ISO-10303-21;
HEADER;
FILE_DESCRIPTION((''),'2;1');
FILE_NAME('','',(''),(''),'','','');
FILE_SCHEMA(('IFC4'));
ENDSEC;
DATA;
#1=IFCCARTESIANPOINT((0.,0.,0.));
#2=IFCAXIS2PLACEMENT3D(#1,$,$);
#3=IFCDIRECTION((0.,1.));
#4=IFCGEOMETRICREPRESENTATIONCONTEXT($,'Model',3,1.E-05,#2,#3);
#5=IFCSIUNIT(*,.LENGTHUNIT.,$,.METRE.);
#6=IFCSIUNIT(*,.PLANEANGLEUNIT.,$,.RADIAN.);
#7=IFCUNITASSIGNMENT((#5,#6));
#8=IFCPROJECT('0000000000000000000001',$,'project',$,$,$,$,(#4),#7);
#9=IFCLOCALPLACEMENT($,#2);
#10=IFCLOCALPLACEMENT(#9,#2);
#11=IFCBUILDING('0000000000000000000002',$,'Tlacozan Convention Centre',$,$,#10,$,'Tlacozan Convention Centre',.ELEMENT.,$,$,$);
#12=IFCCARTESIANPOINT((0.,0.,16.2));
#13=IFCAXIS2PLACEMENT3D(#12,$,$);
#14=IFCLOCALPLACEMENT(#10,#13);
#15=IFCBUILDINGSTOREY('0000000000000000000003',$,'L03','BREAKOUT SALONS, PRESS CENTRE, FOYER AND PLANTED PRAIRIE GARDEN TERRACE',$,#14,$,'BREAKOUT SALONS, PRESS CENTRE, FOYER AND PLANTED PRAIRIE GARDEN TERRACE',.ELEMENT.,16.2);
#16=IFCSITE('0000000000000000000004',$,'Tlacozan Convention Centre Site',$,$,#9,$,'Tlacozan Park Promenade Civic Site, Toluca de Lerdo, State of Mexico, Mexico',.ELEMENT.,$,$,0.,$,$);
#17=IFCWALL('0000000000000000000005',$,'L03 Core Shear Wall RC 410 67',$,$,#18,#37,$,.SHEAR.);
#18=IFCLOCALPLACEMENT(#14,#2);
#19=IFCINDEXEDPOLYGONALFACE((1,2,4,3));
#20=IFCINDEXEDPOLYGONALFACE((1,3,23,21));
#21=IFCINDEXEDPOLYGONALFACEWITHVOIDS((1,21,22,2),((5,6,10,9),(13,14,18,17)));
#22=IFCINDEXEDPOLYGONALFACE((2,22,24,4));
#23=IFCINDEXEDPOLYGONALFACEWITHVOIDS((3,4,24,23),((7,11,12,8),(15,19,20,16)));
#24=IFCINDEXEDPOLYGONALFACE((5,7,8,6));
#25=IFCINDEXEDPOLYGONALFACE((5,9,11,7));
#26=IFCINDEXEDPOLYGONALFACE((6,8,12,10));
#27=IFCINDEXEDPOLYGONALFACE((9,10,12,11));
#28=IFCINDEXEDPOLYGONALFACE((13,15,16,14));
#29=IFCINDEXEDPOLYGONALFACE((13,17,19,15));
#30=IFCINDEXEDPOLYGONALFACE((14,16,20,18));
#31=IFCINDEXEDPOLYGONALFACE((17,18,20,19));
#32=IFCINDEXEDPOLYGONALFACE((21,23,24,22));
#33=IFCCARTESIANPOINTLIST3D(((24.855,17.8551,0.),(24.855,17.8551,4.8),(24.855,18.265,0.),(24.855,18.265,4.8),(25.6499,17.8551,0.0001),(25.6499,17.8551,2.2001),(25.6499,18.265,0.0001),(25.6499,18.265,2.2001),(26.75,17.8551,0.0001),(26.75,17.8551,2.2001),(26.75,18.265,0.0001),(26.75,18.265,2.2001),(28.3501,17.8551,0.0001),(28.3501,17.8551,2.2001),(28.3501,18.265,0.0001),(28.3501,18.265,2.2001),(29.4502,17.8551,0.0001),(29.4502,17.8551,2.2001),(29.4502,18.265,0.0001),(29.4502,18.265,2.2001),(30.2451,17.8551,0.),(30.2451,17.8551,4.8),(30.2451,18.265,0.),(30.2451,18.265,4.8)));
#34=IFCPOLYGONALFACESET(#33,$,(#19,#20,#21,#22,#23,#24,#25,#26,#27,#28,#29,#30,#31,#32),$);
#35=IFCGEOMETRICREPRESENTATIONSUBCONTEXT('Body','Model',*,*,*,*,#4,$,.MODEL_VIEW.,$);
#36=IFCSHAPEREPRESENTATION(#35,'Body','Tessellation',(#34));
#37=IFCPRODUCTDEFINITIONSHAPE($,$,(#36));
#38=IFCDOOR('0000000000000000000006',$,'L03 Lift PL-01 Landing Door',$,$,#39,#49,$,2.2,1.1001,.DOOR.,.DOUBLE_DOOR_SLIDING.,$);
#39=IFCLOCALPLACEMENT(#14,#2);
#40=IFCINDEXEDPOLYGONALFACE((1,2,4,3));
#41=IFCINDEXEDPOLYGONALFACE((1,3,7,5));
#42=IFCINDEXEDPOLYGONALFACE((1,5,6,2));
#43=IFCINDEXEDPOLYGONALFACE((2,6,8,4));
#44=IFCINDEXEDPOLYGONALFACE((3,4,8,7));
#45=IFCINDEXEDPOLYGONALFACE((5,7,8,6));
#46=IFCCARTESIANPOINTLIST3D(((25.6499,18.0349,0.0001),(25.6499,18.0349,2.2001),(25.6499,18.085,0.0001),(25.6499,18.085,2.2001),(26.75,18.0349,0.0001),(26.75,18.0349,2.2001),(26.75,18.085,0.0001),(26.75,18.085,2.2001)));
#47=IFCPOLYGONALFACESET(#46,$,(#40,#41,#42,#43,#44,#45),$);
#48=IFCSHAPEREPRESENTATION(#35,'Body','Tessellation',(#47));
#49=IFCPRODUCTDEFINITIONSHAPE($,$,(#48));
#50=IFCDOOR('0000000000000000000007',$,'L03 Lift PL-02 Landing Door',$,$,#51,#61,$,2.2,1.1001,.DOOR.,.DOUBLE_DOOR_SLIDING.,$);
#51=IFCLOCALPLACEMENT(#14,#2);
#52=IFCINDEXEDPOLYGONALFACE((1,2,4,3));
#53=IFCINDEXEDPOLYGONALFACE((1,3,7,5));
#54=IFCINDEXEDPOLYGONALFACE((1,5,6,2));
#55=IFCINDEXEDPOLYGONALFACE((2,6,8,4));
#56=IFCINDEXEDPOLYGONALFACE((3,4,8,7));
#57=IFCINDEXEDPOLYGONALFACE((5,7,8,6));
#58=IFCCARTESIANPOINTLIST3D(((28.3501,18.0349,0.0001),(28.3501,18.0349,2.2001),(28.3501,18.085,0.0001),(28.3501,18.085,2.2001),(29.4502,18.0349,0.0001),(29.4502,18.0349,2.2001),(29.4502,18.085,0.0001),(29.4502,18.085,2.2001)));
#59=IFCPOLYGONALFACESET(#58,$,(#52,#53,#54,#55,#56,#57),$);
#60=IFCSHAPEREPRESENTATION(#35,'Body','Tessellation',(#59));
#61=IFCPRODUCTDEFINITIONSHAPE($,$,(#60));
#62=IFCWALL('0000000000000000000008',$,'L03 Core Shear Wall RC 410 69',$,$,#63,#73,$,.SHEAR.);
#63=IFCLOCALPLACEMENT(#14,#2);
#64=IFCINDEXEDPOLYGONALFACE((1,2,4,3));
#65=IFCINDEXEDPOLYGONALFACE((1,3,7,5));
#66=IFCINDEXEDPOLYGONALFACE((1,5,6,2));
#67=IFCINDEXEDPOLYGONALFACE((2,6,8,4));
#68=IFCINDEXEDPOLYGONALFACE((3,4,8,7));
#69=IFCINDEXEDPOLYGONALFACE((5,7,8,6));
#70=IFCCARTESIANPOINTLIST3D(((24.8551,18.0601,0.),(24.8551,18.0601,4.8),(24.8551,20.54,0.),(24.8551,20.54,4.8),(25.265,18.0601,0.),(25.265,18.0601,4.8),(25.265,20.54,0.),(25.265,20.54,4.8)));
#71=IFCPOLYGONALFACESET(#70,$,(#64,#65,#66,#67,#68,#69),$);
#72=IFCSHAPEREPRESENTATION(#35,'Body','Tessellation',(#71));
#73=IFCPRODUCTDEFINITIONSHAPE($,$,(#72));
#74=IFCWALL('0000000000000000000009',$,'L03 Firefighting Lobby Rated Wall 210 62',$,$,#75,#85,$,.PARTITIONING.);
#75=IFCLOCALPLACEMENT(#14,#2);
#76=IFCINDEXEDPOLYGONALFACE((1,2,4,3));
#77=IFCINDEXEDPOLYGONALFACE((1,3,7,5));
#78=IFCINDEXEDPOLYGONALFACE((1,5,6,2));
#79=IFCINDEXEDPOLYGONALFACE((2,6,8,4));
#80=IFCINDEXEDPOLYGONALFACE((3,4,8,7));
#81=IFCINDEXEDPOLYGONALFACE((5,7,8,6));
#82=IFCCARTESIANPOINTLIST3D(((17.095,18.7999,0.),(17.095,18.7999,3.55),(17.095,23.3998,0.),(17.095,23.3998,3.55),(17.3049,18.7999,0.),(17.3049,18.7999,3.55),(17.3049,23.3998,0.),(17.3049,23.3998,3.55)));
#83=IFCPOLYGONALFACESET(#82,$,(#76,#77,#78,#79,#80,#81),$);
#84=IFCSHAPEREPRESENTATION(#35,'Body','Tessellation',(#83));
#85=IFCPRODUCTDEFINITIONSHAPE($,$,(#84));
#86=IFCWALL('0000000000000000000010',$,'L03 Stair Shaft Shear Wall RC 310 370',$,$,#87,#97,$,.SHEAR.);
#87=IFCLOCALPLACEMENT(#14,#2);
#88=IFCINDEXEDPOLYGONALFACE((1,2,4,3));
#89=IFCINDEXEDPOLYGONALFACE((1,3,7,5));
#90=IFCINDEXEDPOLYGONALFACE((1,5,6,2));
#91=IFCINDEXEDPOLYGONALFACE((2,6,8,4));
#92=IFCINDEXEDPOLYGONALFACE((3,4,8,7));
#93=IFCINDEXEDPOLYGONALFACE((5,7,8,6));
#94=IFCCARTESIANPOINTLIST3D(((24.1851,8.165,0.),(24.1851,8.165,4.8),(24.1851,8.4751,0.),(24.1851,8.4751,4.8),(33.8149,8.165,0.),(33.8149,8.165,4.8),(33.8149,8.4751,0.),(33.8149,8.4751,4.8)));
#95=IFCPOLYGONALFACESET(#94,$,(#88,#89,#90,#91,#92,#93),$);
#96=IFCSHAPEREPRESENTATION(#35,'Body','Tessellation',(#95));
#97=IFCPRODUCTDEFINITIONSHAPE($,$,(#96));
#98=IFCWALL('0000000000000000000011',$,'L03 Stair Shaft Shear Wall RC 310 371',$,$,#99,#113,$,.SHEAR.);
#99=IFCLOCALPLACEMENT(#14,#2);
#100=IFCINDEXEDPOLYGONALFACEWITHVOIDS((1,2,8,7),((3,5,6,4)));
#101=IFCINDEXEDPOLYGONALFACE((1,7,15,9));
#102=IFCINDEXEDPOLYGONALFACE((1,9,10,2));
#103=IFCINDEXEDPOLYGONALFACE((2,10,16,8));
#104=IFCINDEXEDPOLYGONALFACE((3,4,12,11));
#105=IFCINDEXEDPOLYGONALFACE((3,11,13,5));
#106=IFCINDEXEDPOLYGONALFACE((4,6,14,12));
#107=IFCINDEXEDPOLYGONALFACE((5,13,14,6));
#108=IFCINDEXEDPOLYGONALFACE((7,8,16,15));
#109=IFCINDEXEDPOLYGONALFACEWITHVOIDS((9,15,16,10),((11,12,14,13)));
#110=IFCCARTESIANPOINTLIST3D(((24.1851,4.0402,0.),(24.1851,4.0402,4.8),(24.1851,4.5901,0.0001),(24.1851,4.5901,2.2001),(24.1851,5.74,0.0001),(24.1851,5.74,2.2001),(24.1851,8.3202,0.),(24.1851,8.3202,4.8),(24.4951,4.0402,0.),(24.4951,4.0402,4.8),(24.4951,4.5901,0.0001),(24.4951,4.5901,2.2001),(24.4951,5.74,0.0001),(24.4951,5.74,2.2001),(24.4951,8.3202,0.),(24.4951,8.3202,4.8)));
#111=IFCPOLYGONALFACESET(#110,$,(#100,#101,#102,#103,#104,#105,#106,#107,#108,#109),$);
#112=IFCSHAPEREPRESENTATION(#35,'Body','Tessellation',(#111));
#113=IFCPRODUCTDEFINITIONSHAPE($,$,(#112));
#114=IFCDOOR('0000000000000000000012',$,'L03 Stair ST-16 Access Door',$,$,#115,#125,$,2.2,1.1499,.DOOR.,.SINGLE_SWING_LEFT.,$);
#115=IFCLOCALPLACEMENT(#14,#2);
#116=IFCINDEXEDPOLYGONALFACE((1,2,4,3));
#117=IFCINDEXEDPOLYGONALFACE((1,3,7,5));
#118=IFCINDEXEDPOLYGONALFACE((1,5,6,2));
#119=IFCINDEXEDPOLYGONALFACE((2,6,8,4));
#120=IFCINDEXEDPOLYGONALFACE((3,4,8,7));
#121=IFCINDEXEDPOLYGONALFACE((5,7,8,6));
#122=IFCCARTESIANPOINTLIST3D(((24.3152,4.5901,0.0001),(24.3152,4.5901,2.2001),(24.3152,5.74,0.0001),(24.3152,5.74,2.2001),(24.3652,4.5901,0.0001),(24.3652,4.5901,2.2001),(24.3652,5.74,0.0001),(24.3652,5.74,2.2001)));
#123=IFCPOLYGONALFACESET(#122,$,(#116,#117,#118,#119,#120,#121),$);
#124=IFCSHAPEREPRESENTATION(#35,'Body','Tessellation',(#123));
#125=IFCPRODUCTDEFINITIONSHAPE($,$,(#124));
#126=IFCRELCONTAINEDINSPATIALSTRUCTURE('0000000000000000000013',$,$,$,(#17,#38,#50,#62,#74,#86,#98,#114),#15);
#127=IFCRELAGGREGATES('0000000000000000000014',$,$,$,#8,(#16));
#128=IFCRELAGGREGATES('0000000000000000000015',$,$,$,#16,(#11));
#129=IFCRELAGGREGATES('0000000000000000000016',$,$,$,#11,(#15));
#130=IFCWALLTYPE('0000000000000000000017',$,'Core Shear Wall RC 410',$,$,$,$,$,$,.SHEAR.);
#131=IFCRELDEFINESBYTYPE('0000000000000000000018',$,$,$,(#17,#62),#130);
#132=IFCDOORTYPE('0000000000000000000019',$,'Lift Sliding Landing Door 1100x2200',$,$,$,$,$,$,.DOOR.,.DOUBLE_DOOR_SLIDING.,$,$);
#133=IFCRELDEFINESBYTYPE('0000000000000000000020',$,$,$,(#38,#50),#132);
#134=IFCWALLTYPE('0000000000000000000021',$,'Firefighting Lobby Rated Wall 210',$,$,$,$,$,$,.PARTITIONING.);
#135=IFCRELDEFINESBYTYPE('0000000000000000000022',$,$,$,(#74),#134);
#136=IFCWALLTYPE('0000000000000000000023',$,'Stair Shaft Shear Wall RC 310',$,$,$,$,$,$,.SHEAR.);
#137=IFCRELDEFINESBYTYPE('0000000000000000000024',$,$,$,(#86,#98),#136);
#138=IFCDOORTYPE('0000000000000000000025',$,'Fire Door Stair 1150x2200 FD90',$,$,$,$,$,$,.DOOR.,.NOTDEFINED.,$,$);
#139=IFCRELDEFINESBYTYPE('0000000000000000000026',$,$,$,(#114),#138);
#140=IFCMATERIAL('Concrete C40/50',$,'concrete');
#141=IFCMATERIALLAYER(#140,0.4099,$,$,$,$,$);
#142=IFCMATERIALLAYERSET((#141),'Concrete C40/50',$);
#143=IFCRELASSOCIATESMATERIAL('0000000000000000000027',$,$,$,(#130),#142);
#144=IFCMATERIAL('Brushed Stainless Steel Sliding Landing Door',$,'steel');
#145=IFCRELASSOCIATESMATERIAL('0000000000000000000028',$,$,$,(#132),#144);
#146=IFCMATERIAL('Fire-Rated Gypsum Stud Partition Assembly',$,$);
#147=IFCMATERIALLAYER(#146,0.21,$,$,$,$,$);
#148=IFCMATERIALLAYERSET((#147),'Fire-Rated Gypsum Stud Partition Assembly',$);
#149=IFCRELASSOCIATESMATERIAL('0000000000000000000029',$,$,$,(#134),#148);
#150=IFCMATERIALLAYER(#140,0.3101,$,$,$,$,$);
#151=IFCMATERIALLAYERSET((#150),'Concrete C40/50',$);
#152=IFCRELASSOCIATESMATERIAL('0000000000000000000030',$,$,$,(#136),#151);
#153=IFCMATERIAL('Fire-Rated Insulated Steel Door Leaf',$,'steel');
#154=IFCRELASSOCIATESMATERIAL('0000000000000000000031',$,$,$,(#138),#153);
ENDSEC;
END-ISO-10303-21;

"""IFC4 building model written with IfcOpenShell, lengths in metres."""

from ifc_helpers import new_model, si_unit, direction, frame, frame_2d, origin, place, context, subcontext, project, spatial, rectangle, extrude, material, layer, layer_set, type_object, element, fill, save


model = new_model("IFC4")

# Units and contexts
model_context = context("Model", 3, precision=1e-05, world=origin(), true_north=direction((0.0, 1.0)))
body_context = subcontext(model_context, "Body", "Model", "MODEL_VIEW")
ifc_project = project(units=[si_unit("LENGTHUNIT", "METRE"), si_unit("PLANEANGLEUNIT", "RADIAN")], contexts=[model_context])

# Site, building, storey
site_placement = place(None, origin())
site = spatial("IfcSite", under=ifc_project, at=site_placement, Name="Tlacozan Convention Centre Site", LongName="Tlacozan Park Promenade Civic Site, Toluca de Lerdo, State of Mexico, Mexico", CompositionType="ELEMENT", RefElevation=0.0)
building_placement = place(site_placement, origin())
building = spatial("IfcBuilding", under=site, at=building_placement, Name="Tlacozan Convention Centre", LongName="Tlacozan Convention Centre", CompositionType="ELEMENT")
storey_placement = place(building_placement, frame((0.0, 0.0, 16.2)))
storey = spatial("IfcBuildingStorey", under=building, at=storey_placement, Name="L03", Description="BREAKOUT SALONS, PRESS CENTRE, FOYER AND PLANTED PRAIRIE GARDEN TERRACE", LongName="BREAKOUT SALONS, PRESS CENTRE, FOYER AND PLANTED PRAIRIE GARDEN TERRACE", CompositionType="ELEMENT", Elevation=16.2)

# Shared definitions
ifc_material_1 = material(Name="Concrete C40/50", Category="concrete")

# Wall, openings, doors
ifc_layer_1 = layer(ifc_material_1, 0.4099)
ifc_layer_set_1 = layer_set([ifc_layer_1], Name="Concrete C40/50")
wall_type_1 = type_object("IfcWallType", Name="Core Shear Wall RC 410", PredefinedType="SHEAR", material=ifc_layer_set_1)
wall_1_placement = place(storey_placement, frame((24.855, 18.0601, 0.0), z_axis=(0.0, 0.0, 1.0), x_axis=(1.0, 0.0, 0.0)))
wall_1 = element("IfcWall", 1, at=wall_1_placement, inside=storey, type_object=wall_type_1, Name="L03 Core Shear Wall RC 410 67", PredefinedType="SHEAR", context=body_context, shape_type="SweptSolid", body=[
    extrude(rectangle(XDim=5.3901, YDim=0.4099, at=frame_2d((2.6951, 0.0))), origin(), (0.0, 0.0, 1.0), 4.8),
])
opening_1_placement = place(wall_1_placement, frame((0.7949, 0.0, 0.0)))
opening_1 = element("IfcOpeningElement", 2, at=opening_1_placement, cuts=wall_1, PredefinedType="OPENING", context=body_context, shape_type="SweptSolid", body=[
    extrude(rectangle(XDim=1.1001, YDim=2.2, at=frame_2d((0.55, 1.1001))), frame((0.0, 0.2148, 0.0), z_axis=(0.0, -1.0, 0.0), x_axis=(1.0, 0.0, 0.0)), (0.0, 0.0, 1.0), 0.4299),
])
opening_2_placement = place(wall_1_placement, frame((3.4951, 0.0, 0.0)))
opening_2 = element("IfcOpeningElement", 3, at=opening_2_placement, cuts=wall_1, PredefinedType="OPENING", context=body_context, shape_type="SweptSolid", body=[
    extrude(rectangle(XDim=1.1001, YDim=2.2, at=frame_2d((0.55, 1.1001))), frame((0.0, 0.2148, 0.0), z_axis=(0.0, -1.0, 0.0), x_axis=(1.0, 0.0, 0.0)), (0.0, 0.0, 1.0), 0.4299),
])
ifc_material_2 = material(Name="Brushed Stainless Steel Sliding Landing Door", Category="steel")
door_type_1 = type_object("IfcDoorType", Name="Lift Sliding Landing Door 1100x2200", OperationType="DOUBLE_DOOR_SLIDING", PredefinedType="DOOR", material=ifc_material_2)
door_1_placement = place(opening_1_placement, origin())
door_1 = element("IfcDoor", 4, at=door_1_placement, inside=storey, type_object=door_type_1, Name="L03 Lift PL-01 Landing Door", OperationType="DOUBLE_DOOR_SLIDING", OverallHeight=2.2, OverallWidth=1.1001, PredefinedType="DOOR", context=body_context, shape_type="SweptSolid", body=[
    extrude(rectangle(XDim=1.1001, YDim=2.2, at=frame_2d((0.55, 1.1001))), frame((0.0, 0.0249, 0.0), z_axis=(0.0, -1.0, 0.0), x_axis=(1.0, 0.0, 0.0)), (0.0, 0.0, 1.0), 0.05),
])
fill(opening_1, door_1)
door_2_placement = place(opening_2_placement, origin())
door_2 = element("IfcDoor", 5, at=door_2_placement, inside=storey, type_object=door_type_1, Name="L03 Lift PL-02 Landing Door", OperationType="DOUBLE_DOOR_SLIDING", OverallHeight=2.2, OverallWidth=1.1001, PredefinedType="DOOR", context=body_context, shape_type="SweptSolid", body=[
    extrude(rectangle(XDim=1.1001, YDim=2.2, at=frame_2d((0.55, 1.1001))), frame((0.0, 0.0249, 0.0), z_axis=(0.0, -1.0, 0.0), x_axis=(1.0, 0.0, 0.0)), (0.0, 0.0, 1.0), 0.05),
])
fill(opening_2, door_2)

# Wall
wall_2_placement = place(storey_placement, frame((25.0601, 18.0601, 0.0), z_axis=(0.0, 0.0, 1.0), x_axis=(0.0, 1.0, 0.0)))
element("IfcWall", 6, at=wall_2_placement, inside=storey, type_object=wall_type_1, Name="L03 Core Shear Wall RC 410 69", PredefinedType="SHEAR", context=body_context, shape_type="SweptSolid", body=[
    extrude(rectangle(XDim=2.48, YDim=0.4099, at=frame_2d((1.24, 0.0))), origin(), (0.0, 0.0, 1.0), 4.8),
])

# Shared definitions
ifc_material_3 = material(Name="Fire-Rated Gypsum Stud Partition Assembly")
ifc_layer_2 = layer(ifc_material_3, 0.21)
ifc_layer_set_2 = layer_set([ifc_layer_2], Name="Fire-Rated Gypsum Stud Partition Assembly")
wall_type_2 = type_object("IfcWallType", Name="Firefighting Lobby Rated Wall 210", PredefinedType="PARTITIONING", material=ifc_layer_set_2)
ifc_material_4 = material(Name="Fire-Rated Insulated Steel Door Leaf", Category="steel")

# Walls
wall_3_placement = place(storey_placement, frame((17.2, 18.8, 0.0), z_axis=(0.0, 0.0, 1.0), x_axis=(0.0, 1.0, 0.0)))
element("IfcWall", 7, at=wall_3_placement, inside=storey, type_object=wall_type_2, Name="L03 Firefighting Lobby Rated Wall 210 62", PredefinedType="PARTITIONING", context=body_context, shape_type="SweptSolid", body=[
    extrude(rectangle(XDim=4.5999, YDim=0.21, at=frame_2d((2.2998, 0.0))), origin(), (0.0, 0.0, 1.0), 3.55),
])
ifc_layer_3 = layer(ifc_material_1, 0.3101)
ifc_layer_set_3 = layer_set([ifc_layer_3], Name="Concrete C40/50")
wall_type_3 = type_object("IfcWallType", Name="Stair Shaft Shear Wall RC 310", PredefinedType="SHEAR", material=ifc_layer_set_3)
wall_4_placement = place(storey_placement, frame((24.1851, 8.3201, 0.0), z_axis=(0.0, 0.0, 1.0), x_axis=(1.0, 0.0, 0.0)))
element("IfcWall", 8, at=wall_4_placement, inside=storey, type_object=wall_type_3, Name="L03 Stair Shaft Shear Wall RC 310 370", PredefinedType="SHEAR", context=body_context, shape_type="SweptSolid", body=[
    extrude(rectangle(XDim=9.6299, YDim=0.3101, at=frame_2d((4.8149, 0.0))), origin(), (0.0, 0.0, 1.0), 4.8),
])

# Wall, opening, door
wall_5_placement = place(storey_placement, frame((24.3401, 4.04, 0.0), z_axis=(0.0, 0.0, 1.0), x_axis=(0.0, 1.0, 0.0)))
wall_5 = element("IfcWall", 9, at=wall_5_placement, inside=storey, type_object=wall_type_3, Name="L03 Stair Shaft Shear Wall RC 310 371", PredefinedType="SHEAR", context=body_context, shape_type="SweptSolid", body=[
    extrude(rectangle(XDim=4.28, YDim=0.3101, at=frame_2d((2.1401, 0.0))), origin(), (0.0, 0.0, 1.0), 4.8),
])
opening_3_placement = place(wall_5_placement, frame((0.55, 0.0, 0.0)))
opening_3 = element("IfcOpeningElement", 10, at=opening_3_placement, cuts=wall_5, PredefinedType="OPENING", context=body_context, shape_type="SweptSolid", body=[
    extrude(rectangle(XDim=1.1499, YDim=2.2, at=frame_2d((0.575, 1.1001))), frame((0.0, 0.165, 0.0), z_axis=(0.0, -1.0, 0.0), x_axis=(1.0, 0.0, 0.0)), (0.0, 0.0, 1.0), 0.3301),
])
door_type_2 = type_object("IfcDoorType", Name="Fire Door Stair 1150x2200 FD90", OperationType="NOTDEFINED", PredefinedType="DOOR", material=ifc_material_4)
door_3_placement = place(opening_3_placement, origin())
door_3 = element("IfcDoor", 11, at=door_3_placement, inside=storey, type_object=door_type_2, Name="L03 Stair ST-16 Access Door", OperationType="SINGLE_SWING_LEFT", OverallHeight=2.2, OverallWidth=1.1499, PredefinedType="DOOR", context=body_context, shape_type="SweptSolid", body=[
    extrude(rectangle(XDim=1.1499, YDim=2.2, at=frame_2d((0.575, 1.1001))), frame((0.0, 0.0249, 0.0), z_axis=(0.0, -1.0, 0.0), x_axis=(1.0, 0.0, 0.0)), (0.0, 0.0, 1.0), 0.05),
])
fill(opening_3, door_3)

save(model, "model.ifc")
